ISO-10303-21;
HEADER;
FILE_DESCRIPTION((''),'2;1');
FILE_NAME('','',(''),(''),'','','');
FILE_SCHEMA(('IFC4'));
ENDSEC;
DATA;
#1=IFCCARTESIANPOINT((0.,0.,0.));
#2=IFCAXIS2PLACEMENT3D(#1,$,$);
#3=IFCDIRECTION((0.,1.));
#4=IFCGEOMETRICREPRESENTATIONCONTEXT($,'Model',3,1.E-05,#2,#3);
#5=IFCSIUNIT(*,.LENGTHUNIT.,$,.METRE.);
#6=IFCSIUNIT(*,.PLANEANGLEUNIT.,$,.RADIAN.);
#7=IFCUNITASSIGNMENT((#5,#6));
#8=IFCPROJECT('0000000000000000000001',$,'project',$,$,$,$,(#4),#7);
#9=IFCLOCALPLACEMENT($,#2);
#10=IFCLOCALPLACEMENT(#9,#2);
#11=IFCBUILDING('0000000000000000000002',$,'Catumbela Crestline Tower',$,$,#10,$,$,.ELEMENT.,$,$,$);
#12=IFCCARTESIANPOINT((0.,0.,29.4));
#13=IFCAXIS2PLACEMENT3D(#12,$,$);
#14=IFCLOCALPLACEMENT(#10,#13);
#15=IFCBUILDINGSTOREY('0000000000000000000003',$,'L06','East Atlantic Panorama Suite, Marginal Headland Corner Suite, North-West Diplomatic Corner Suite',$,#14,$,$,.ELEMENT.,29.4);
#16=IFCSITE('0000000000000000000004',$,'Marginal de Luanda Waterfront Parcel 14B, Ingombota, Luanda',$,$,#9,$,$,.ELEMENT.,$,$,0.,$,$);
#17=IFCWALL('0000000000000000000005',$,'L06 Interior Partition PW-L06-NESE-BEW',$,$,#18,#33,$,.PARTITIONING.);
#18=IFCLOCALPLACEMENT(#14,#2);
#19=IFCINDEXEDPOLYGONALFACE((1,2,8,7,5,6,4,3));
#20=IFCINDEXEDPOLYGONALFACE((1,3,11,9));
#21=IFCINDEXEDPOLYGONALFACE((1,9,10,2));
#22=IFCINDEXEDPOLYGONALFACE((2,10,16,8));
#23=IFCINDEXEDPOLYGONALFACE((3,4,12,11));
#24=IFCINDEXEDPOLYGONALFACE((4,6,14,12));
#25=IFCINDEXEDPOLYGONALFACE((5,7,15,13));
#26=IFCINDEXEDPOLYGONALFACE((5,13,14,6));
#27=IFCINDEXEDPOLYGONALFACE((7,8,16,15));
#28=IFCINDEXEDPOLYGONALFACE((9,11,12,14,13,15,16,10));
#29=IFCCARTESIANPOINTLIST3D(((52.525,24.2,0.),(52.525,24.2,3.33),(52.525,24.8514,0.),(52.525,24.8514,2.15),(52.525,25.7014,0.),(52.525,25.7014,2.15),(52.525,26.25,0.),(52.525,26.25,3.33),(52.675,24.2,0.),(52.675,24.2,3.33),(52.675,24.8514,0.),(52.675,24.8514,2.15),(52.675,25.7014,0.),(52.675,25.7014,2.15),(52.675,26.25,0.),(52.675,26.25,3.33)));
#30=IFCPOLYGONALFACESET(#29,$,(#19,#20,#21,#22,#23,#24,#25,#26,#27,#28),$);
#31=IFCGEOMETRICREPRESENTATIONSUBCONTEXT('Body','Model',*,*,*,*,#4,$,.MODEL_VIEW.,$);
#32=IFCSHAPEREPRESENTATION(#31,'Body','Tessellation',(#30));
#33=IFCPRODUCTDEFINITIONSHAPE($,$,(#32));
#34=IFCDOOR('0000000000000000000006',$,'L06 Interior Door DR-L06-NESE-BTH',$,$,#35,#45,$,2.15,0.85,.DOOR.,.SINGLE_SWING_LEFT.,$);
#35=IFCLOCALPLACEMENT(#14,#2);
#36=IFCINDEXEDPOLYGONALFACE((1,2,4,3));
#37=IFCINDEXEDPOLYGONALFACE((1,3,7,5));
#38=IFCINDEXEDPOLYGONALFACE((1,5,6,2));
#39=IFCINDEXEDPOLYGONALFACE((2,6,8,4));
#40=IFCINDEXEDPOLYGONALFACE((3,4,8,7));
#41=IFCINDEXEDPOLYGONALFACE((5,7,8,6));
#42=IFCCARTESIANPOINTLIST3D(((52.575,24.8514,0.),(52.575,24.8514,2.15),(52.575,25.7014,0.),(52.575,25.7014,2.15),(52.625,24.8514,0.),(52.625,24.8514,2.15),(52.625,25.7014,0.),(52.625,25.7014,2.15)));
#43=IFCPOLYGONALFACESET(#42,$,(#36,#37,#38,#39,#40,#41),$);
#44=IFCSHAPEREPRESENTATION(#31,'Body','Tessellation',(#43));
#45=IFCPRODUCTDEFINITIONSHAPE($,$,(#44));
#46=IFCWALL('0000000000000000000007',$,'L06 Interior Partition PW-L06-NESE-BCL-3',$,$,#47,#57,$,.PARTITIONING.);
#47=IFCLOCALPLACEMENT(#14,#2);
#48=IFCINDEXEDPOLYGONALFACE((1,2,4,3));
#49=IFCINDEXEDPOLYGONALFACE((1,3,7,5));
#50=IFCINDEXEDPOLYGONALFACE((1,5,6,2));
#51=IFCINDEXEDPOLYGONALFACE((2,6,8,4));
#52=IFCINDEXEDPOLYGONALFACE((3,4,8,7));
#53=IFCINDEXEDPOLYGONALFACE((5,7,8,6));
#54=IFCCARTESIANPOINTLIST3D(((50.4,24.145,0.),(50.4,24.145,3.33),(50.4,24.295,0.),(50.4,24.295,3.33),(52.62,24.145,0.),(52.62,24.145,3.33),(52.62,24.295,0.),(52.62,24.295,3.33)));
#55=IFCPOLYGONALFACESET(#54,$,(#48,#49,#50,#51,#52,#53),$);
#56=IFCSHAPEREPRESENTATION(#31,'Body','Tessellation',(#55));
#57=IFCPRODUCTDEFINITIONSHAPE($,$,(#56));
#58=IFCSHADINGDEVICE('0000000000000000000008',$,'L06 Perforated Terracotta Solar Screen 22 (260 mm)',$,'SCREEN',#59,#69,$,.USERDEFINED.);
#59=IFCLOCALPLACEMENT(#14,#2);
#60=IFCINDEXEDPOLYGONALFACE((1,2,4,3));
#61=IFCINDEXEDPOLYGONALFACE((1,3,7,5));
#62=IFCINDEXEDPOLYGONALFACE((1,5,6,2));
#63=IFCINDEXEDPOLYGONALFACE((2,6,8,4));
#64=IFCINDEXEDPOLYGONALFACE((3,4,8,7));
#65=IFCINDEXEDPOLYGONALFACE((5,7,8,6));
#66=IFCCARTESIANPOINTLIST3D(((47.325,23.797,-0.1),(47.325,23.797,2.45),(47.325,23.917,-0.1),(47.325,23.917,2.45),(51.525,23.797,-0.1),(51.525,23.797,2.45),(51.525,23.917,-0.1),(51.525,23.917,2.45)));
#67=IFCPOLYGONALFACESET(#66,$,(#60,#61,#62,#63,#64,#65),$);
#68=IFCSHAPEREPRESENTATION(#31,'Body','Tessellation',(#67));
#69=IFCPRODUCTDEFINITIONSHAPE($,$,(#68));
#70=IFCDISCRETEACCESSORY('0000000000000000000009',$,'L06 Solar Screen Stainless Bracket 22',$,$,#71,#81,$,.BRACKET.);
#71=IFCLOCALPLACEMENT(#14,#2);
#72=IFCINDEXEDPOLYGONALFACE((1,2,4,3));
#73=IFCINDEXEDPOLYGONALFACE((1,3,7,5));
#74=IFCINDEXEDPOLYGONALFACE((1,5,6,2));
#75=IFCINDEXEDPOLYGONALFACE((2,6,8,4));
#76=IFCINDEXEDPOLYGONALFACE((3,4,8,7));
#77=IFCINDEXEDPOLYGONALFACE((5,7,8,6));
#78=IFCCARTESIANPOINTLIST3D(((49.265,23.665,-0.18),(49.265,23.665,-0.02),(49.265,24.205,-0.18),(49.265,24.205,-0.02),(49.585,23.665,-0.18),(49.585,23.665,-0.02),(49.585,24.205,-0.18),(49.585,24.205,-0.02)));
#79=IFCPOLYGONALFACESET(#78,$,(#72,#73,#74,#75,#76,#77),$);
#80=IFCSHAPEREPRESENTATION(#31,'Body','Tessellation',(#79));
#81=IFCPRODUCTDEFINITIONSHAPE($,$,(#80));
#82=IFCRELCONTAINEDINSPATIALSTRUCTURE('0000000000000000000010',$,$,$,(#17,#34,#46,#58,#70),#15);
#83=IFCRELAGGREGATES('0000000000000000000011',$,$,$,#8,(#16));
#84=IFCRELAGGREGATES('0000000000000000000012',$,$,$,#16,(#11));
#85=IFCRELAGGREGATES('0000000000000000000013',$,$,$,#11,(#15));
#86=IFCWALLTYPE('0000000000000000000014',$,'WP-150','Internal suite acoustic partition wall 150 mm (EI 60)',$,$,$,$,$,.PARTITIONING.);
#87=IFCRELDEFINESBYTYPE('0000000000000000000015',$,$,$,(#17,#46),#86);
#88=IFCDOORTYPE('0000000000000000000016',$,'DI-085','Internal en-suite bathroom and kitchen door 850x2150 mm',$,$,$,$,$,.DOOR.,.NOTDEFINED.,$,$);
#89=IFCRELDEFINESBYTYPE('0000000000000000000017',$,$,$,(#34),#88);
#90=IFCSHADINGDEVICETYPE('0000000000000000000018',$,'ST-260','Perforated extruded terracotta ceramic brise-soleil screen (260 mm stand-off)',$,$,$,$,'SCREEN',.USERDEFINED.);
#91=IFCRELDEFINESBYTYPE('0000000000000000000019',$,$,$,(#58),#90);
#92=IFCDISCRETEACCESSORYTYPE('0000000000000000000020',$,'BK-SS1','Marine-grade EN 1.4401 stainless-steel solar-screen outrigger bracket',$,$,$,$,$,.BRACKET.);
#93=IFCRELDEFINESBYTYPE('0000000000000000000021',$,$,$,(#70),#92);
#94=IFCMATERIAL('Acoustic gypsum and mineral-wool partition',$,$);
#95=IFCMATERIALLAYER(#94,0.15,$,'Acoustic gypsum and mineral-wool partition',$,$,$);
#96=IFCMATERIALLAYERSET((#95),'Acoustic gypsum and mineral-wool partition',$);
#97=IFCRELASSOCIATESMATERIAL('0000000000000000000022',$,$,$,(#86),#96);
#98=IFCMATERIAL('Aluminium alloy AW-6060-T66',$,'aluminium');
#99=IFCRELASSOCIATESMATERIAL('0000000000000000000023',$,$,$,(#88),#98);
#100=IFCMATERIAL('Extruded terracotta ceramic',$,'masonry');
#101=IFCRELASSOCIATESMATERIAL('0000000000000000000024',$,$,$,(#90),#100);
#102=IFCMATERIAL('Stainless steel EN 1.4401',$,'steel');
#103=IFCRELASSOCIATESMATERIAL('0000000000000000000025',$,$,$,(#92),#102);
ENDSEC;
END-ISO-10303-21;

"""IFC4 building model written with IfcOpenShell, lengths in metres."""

from ifc_helpers import new_model, si_unit, direction, frame, frame_2d, origin, origin_2d, place, context, subcontext, project, spatial, rectangle, extrude, material, layer, layer_set, type_object, element, fill, save


model = new_model("IFC4")

# Units and contexts
model_context = context("Model", 3, precision=1e-05, world=origin(), true_north=direction((0.0, 1.0)))
body_context = subcontext(model_context, "Body", "Model", "MODEL_VIEW")
ifc_project = project(units=[si_unit("LENGTHUNIT", "METRE"), si_unit("PLANEANGLEUNIT", "RADIAN")], contexts=[model_context])

# Site, building, storey
site_placement = place(None, origin())
site = spatial("IfcSite", under=ifc_project, at=site_placement, Name="Marginal de Luanda Waterfront Parcel 14B, Ingombota, Luanda", CompositionType="ELEMENT", RefElevation=0.0)
building_placement = place(site_placement, origin())
building = spatial("IfcBuilding", under=site, at=building_placement, Name="Catumbela Crestline Tower", CompositionType="ELEMENT")
storey_placement = place(building_placement, frame((0.0, 0.0, 29.4)))
storey = spatial("IfcBuildingStorey", under=building, at=storey_placement, Name="L06", Description="East Atlantic Panorama Suite, Marginal Headland Corner Suite, North-West Diplomatic Corner Suite", CompositionType="ELEMENT", Elevation=29.4)

# Shared definitions
ifc_material_1 = material(Name="Aluminium alloy AW-6060-T66", Category="aluminium")

# Shared definitions
ifc_material_2 = material(Name="Acoustic gypsum and mineral-wool partition")

# Shared definitions
ifc_layer_1 = layer(ifc_material_2, 0.15, Name="Acoustic gypsum and mineral-wool partition")
ifc_layer_set_1 = layer_set([ifc_layer_1], Name="Acoustic gypsum and mineral-wool partition")
wall_type_1 = type_object("IfcWallType", Name="WP-150", Description="Internal suite acoustic partition wall 150 mm (EI 60)", PredefinedType="PARTITIONING", material=ifc_layer_set_1)

# Shared definitions
door_type_1 = type_object("IfcDoorType", Name="DI-085", Description="Internal en-suite bathroom and kitchen door 850x2150 mm", OperationType="NOTDEFINED", PredefinedType="DOOR", material=ifc_material_1)

# Wall, opening, door
wall_1_placement = place(storey_placement, frame((52.6, 24.2, 0.0), z_axis=(0.0, 0.0, 1.0), x_axis=(0.0, 1.0, 0.0)))
wall_1 = element("IfcWall", 1, at=wall_1_placement, inside=storey, type_object=wall_type_1, Name="L06 Interior Partition PW-L06-NESE-BEW", PredefinedType="PARTITIONING", context=body_context, shape_type="SweptSolid", body=[
    extrude(rectangle(XDim=2.05, YDim=0.15, at=frame_2d((1.025, 0.0))), origin(), (0.0, 0.0, 1.0), 3.33),
])
opening_1_placement = place(wall_1_placement, frame((0.6514, 0.0, 0.0)))
opening_1 = element("IfcOpeningElement", 2, at=opening_1_placement, cuts=wall_1, PredefinedType="OPENING", context=body_context, shape_type="SweptSolid", body=[
    extrude(rectangle(XDim=0.85, YDim=2.15, at=frame_2d((0.425, 1.075))), frame((0.0, 0.085, 0.0), z_axis=(0.0, -1.0, 0.0), x_axis=(1.0, 0.0, 0.0)), (0.0, 0.0, 1.0), 0.17),
])
door_1_placement = place(opening_1_placement, origin())
door_1 = element("IfcDoor", 3, at=door_1_placement, inside=storey, type_object=door_type_1, Name="L06 Interior Door DR-L06-NESE-BTH", OperationType="SINGLE_SWING_LEFT", OverallHeight=2.15, OverallWidth=0.85, PredefinedType="DOOR", context=body_context, shape_type="SweptSolid", body=[
    extrude(rectangle(XDim=0.85, YDim=2.15, at=frame_2d((0.425, 1.075))), frame((0.0, 0.025, 0.0), z_axis=(0.0, -1.0, 0.0), x_axis=(1.0, 0.0, 0.0)), (0.0, 0.0, 1.0), 0.05),
])
fill(opening_1, door_1)

# Wall
wall_2_placement = place(storey_placement, frame((52.62, 24.22, 0.0), z_axis=(0.0, 0.0, 1.0), x_axis=(-1.0, 0.0, 0.0)))
element("IfcWall", 4, at=wall_2_placement, inside=storey, type_object=wall_type_1, Name="L06 Interior Partition PW-L06-NESE-BCL-3", PredefinedType="PARTITIONING", context=body_context, shape_type="SweptSolid", body=[
    extrude(rectangle(XDim=2.22, YDim=0.15, at=frame_2d((1.11, 0.0))), origin(), (0.0, 0.0, 1.0), 3.33),
])

# Shading device
ifc_material_3 = material(Name="Extruded terracotta ceramic", Category="masonry")
shading_device_type = type_object("IfcShadingDeviceType", Name="ST-260", Description="Perforated extruded terracotta ceramic brise-soleil screen (260 mm stand-off)", ElementType="SCREEN", PredefinedType="USERDEFINED", material=ifc_material_3)
shading_device_placement = place(storey_placement, frame((49.425, 23.857, -0.1), z_axis=(0.0, 0.0, 1.0), x_axis=(1.0, 0.0, 0.0)))
element("IfcShadingDevice", 5, at=shading_device_placement, inside=storey, type_object=shading_device_type, Name="L06 Perforated Terracotta Solar Screen 22 (260 mm)", ObjectType="SCREEN", PredefinedType="USERDEFINED", context=body_context, shape_type="SweptSolid", body=[
    extrude(rectangle(XDim=4.2, YDim=0.12, at=origin_2d()), origin(), (0.0, 0.0, 1.0), 2.55),
])

# Discrete accessory
ifc_material_4 = material(Name="Stainless steel EN 1.4401", Category="steel")
discrete_accessory_type = type_object("IfcDiscreteAccessoryType", Name="BK-SS1", Description="Marine-grade EN 1.4401 stainless-steel solar-screen outrigger bracket", PredefinedType="BRACKET", material=ifc_material_4)
discrete_accessory_placement = place(storey_placement, frame((49.425, 23.935, -0.18), z_axis=(0.0, 0.0, 1.0), x_axis=(1.0, 0.0, 0.0)))
element("IfcDiscreteAccessory", 6, at=discrete_accessory_placement, inside=storey, type_object=discrete_accessory_type, Name="L06 Solar Screen Stainless Bracket 22", PredefinedType="BRACKET", context=body_context, shape_type="SweptSolid", body=[
    extrude(rectangle(XDim=0.32, YDim=0.54, at=origin_2d()), origin(), (0.0, 0.0, 1.0), 0.16),
])

save(model, "model.ifc")
